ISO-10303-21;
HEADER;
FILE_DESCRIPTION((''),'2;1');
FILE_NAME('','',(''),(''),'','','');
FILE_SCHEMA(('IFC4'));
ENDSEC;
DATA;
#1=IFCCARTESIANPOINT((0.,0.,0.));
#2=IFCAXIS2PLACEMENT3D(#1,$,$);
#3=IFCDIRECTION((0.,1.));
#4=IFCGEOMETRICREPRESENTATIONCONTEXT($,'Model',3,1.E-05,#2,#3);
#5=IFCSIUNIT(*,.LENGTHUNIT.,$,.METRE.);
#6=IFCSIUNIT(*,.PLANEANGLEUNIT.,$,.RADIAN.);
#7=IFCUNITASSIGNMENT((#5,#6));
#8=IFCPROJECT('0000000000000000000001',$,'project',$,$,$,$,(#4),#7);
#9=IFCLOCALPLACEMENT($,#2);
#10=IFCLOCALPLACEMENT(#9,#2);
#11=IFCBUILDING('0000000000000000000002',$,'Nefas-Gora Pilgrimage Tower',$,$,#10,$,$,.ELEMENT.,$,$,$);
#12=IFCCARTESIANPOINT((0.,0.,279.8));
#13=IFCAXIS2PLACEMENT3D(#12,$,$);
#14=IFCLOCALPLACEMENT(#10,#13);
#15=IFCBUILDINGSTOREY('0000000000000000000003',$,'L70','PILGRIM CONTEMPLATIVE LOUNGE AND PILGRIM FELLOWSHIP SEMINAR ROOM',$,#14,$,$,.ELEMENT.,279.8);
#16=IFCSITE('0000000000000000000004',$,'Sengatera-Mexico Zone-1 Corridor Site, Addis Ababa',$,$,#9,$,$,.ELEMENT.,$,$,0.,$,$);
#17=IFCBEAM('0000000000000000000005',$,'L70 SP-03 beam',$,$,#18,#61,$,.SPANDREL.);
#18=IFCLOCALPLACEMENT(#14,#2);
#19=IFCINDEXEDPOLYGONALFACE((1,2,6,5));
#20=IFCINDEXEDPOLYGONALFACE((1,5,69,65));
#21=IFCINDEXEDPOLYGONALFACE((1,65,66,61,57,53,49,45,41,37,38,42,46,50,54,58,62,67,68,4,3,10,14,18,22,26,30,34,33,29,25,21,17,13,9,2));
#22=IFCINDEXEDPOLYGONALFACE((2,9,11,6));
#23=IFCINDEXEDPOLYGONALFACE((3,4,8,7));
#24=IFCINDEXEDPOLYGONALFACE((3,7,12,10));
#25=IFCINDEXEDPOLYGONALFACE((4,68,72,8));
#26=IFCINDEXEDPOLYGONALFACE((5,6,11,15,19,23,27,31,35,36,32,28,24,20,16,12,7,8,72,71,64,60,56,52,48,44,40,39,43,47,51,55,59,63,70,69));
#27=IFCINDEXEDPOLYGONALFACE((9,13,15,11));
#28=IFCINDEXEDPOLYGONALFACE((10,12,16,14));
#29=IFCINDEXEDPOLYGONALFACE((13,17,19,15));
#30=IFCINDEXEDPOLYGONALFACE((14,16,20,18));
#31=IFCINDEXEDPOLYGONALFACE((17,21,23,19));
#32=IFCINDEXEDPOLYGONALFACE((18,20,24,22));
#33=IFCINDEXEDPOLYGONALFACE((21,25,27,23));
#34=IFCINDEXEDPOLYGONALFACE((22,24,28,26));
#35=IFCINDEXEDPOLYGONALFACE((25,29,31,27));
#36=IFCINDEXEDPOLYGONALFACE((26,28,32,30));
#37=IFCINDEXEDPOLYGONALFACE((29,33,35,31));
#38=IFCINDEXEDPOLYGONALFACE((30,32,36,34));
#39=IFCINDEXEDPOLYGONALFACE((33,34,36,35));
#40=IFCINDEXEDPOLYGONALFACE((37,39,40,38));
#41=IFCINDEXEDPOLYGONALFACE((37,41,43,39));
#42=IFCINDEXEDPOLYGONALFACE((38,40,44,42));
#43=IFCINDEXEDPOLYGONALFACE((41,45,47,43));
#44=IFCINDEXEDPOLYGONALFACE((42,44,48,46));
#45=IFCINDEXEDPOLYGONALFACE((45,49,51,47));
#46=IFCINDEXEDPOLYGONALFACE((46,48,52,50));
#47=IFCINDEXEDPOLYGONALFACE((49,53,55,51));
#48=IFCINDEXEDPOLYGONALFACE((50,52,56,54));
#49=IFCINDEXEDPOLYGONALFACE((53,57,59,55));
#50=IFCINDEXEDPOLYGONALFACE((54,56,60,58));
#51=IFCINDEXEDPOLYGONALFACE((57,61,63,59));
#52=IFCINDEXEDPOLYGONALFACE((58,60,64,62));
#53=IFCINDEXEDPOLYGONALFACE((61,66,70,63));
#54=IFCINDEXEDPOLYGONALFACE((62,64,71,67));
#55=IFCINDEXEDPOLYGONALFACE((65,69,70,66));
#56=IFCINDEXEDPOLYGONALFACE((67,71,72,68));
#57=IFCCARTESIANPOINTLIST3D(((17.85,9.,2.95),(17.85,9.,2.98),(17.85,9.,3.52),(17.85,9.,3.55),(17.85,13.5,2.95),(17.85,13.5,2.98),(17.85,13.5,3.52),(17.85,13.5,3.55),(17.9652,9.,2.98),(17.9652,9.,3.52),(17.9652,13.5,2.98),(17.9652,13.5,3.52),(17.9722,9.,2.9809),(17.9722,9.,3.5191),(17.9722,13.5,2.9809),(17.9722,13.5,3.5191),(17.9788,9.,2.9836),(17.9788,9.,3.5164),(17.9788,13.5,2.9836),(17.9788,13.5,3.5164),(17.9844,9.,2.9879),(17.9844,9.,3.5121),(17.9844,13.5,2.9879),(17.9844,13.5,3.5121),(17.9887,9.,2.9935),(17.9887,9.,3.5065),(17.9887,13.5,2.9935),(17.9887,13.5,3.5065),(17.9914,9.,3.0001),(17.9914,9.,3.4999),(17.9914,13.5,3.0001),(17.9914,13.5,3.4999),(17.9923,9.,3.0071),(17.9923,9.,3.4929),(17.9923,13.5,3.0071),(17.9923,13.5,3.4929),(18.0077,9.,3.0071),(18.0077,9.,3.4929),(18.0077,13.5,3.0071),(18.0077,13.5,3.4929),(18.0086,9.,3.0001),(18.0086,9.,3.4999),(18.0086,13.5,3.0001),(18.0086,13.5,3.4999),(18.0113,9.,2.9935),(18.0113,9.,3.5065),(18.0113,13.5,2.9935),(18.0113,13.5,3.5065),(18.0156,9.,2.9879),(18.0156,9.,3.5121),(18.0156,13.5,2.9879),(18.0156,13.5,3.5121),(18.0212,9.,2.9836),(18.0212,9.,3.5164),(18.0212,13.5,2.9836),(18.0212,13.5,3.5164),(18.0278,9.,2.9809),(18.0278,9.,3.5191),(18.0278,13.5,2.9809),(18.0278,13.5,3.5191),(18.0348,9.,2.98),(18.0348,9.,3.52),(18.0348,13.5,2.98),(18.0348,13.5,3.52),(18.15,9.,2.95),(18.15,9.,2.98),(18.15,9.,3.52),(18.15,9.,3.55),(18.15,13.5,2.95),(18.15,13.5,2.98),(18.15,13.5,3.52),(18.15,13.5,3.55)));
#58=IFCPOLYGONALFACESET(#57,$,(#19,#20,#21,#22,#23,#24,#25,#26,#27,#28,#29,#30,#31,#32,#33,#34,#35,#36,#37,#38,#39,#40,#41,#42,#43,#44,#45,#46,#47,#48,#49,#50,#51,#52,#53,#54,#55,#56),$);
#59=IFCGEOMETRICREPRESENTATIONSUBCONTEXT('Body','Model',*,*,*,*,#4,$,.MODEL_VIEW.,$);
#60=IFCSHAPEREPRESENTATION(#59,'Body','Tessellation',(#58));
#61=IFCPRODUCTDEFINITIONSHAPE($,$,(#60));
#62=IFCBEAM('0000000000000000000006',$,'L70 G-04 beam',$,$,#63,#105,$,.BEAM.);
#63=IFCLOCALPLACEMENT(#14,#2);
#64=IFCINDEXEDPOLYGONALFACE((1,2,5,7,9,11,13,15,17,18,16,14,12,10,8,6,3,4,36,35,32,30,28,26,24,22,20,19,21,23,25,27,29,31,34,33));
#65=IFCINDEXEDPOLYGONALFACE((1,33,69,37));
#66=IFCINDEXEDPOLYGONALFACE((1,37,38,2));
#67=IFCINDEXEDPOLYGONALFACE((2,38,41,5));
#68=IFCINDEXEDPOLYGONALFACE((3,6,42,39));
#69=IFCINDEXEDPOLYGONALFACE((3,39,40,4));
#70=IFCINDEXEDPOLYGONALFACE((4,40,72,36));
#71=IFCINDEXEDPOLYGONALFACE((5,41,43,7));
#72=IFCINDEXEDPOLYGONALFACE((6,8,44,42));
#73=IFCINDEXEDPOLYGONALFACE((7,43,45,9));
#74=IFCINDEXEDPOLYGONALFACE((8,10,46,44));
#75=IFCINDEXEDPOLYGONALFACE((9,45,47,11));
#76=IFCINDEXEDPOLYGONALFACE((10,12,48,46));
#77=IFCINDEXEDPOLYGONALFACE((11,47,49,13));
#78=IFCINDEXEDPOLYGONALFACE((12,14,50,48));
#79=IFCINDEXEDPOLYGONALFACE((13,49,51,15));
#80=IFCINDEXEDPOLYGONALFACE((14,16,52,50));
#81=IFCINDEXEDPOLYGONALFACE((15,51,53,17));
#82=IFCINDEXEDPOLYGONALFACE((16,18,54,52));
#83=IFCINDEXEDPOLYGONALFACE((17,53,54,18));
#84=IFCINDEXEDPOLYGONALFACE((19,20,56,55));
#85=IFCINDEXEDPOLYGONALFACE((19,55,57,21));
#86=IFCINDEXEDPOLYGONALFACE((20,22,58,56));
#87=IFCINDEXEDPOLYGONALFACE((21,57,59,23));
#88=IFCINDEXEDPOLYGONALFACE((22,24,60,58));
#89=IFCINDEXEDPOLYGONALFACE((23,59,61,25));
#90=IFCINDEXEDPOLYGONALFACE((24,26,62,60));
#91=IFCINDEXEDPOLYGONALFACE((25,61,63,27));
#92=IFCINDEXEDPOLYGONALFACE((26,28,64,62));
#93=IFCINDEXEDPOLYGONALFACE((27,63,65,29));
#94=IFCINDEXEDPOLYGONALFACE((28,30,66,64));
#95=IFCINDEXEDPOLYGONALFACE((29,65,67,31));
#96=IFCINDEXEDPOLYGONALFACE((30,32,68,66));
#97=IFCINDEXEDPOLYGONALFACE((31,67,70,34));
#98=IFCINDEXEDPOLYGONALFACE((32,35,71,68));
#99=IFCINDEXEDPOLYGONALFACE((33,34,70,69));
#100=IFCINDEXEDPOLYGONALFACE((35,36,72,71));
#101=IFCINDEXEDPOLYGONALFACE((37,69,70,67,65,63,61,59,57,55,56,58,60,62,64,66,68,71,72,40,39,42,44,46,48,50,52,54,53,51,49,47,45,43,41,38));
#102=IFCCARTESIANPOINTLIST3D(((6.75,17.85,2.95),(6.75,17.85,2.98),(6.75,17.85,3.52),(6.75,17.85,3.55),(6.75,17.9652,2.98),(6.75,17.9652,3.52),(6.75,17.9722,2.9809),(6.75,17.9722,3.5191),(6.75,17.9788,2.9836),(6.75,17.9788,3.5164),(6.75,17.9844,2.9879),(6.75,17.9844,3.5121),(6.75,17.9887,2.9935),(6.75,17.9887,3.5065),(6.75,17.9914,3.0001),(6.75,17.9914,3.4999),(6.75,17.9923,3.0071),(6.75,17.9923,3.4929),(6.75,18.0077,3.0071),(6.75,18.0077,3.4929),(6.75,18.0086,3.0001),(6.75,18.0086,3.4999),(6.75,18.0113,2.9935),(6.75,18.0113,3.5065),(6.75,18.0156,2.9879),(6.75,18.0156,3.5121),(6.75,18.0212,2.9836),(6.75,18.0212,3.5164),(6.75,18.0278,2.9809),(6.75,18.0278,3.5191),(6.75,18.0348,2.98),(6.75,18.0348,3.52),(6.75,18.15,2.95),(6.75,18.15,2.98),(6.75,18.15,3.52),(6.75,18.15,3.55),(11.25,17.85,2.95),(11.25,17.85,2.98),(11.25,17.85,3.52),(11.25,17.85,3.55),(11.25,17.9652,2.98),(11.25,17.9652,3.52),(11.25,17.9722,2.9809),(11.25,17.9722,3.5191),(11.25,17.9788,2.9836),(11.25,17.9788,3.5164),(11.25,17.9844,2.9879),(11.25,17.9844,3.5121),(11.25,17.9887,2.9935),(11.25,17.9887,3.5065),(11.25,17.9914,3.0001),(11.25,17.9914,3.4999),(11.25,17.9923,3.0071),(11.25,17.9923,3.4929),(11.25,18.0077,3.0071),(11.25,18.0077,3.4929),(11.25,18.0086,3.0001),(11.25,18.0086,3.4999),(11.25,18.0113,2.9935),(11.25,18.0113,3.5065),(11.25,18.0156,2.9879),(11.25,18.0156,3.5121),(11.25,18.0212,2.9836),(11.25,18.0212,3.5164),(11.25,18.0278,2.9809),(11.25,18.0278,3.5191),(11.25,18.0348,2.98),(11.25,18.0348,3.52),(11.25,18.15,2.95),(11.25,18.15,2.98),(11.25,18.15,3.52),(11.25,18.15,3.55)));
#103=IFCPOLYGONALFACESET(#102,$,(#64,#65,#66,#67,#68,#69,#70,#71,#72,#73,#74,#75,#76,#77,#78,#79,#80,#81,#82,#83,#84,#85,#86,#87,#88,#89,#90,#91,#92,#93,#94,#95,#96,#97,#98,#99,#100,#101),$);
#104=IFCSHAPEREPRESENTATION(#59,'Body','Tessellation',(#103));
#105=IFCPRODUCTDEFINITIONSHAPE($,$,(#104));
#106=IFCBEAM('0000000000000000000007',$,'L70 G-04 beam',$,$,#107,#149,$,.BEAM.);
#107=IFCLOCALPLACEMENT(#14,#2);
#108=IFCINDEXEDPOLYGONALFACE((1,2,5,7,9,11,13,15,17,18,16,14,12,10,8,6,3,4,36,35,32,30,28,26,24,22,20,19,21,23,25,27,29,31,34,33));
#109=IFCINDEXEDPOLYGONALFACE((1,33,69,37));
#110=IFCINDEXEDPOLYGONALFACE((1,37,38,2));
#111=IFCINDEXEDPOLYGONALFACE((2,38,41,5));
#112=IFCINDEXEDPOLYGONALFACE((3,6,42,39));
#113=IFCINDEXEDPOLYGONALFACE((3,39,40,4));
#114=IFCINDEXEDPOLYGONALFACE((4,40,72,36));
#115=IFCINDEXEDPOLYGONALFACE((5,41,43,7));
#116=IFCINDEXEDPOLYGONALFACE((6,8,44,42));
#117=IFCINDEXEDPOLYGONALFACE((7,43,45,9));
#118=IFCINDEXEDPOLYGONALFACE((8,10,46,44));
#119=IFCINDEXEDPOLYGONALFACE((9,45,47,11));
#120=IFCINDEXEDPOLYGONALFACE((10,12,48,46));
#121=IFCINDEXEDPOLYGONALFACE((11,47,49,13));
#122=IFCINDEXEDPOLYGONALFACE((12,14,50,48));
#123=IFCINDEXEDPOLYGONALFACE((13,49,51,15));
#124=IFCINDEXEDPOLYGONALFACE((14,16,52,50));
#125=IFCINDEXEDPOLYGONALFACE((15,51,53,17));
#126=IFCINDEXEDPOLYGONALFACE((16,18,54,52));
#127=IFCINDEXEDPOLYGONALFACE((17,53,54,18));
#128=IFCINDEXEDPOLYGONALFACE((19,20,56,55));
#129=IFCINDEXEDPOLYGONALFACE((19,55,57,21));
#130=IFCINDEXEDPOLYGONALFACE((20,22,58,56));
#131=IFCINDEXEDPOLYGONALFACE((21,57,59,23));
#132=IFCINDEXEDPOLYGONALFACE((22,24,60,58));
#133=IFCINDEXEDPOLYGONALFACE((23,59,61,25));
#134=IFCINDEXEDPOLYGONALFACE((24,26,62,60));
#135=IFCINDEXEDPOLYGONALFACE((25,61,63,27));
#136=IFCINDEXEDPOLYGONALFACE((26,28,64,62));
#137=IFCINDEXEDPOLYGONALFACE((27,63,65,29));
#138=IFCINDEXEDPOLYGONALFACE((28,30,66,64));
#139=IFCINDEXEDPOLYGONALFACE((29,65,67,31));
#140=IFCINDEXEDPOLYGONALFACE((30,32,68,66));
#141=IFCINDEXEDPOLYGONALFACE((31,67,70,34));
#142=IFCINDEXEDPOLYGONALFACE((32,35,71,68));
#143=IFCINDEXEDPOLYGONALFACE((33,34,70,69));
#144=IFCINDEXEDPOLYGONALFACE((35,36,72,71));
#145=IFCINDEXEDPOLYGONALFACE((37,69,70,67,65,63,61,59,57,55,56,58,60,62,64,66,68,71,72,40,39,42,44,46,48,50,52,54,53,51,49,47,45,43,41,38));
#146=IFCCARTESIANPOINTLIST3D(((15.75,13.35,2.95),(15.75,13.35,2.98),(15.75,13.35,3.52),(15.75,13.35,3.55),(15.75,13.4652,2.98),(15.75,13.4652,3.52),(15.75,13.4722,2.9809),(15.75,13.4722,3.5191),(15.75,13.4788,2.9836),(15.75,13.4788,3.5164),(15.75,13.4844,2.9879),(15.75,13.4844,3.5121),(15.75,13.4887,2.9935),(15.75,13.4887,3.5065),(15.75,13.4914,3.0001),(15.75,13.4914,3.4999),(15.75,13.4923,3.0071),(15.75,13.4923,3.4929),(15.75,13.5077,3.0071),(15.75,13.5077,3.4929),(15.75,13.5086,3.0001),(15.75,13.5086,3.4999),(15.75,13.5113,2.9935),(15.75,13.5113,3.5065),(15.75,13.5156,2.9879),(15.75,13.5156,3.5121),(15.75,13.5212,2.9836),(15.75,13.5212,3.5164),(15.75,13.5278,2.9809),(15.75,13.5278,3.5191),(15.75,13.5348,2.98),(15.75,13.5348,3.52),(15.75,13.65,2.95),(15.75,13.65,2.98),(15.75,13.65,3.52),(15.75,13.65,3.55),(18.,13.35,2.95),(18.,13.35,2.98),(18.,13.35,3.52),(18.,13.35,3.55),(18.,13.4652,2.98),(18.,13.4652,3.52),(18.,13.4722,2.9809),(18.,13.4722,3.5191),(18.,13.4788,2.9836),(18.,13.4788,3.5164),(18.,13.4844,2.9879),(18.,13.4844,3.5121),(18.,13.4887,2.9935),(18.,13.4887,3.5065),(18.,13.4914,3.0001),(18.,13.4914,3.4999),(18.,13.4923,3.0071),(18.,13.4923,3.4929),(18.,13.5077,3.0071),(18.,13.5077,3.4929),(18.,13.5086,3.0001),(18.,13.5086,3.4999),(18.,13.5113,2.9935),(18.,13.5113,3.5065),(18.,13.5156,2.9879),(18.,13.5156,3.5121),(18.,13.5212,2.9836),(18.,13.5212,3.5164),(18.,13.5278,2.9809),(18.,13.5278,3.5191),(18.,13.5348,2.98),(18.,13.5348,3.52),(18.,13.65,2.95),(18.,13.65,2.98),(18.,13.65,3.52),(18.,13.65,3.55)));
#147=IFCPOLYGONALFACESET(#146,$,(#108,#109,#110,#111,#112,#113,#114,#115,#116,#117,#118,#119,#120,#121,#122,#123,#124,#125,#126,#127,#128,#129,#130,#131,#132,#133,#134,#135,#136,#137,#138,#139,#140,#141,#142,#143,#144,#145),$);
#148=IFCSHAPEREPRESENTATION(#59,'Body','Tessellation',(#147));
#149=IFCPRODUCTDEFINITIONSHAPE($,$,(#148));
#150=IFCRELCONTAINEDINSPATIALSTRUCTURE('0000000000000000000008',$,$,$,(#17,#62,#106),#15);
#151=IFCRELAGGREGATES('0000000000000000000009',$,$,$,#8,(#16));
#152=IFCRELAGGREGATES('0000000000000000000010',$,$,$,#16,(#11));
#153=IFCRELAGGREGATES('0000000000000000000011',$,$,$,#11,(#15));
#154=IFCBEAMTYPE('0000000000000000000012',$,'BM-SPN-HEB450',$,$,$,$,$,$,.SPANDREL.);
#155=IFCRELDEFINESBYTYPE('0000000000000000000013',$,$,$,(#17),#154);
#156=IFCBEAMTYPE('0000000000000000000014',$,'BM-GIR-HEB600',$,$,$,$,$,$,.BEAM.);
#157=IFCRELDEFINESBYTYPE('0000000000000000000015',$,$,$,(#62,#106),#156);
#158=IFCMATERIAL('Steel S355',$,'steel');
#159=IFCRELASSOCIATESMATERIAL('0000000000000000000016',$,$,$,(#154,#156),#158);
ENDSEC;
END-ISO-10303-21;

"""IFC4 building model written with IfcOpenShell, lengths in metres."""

from ifc_helpers import new_model, si_unit, direction, frame, origin, origin_2d, place, context, subcontext, project, spatial, i_section, extrude, source, transform, mapped, material, material_profile, profile_set, type_object, element, save


model = new_model("IFC4")

# Units and contexts
model_context = context("Model", 3, precision=1e-05, world=origin(), true_north=direction((0.0, 1.0)))
body_context = subcontext(model_context, "Body", "Model", "MODEL_VIEW")
ifc_project = project(units=[si_unit("LENGTHUNIT", "METRE"), si_unit("PLANEANGLEUNIT", "RADIAN")], contexts=[model_context])

# Site, building, storey
site_placement = place(None, origin())
site = spatial("IfcSite", under=ifc_project, at=site_placement, Name="Sengatera-Mexico Zone-1 Corridor Site, Addis Ababa", CompositionType="ELEMENT", RefElevation=0.0)
building_placement = place(site_placement, origin())
building = spatial("IfcBuilding", under=site, at=building_placement, Name="Nefas-Gora Pilgrimage Tower", CompositionType="ELEMENT")
storey_placement = place(building_placement, frame((0.0, 0.0, 279.8)))
storey = spatial("IfcBuildingStorey", under=building, at=storey_placement, Name="L70", Description="PILGRIM CONTEMPLATIVE LOUNGE AND PILGRIM FELLOWSHIP SEMINAR ROOM", CompositionType="ELEMENT", Elevation=279.8)

# Shared definitions
ifc_material_1 = material(Name="Steel S355", Category="steel")

# Beams
ifc_material_profile_1 = material_profile(ifc_material_1, i_section(OverallWidth=0.3, OverallDepth=0.6001, WebThickness=0.0154, FlangeThickness=0.03, FilletRadius=0.0271, at=origin_2d()), Name="HEB 600")
ifc_profile_set_1 = profile_set([ifc_material_profile_1], Name="Steel S355")
beam_type_1 = type_object("IfcBeamType", Name="BM-SPN-HEB450", PredefinedType="SPANDREL", material=ifc_profile_set_1)
shared_shape_1 = source(origin(), body_context, "Body", "SweptSolid", [
    extrude(i_section(OverallWidth=0.3, OverallDepth=0.6001, WebThickness=0.0154, FlangeThickness=0.03, FilletRadius=0.0271, at=origin_2d()), origin(), (0.0, 0.0, 1.0), 4.5),
])
beam_1_placement = place(storey_placement, frame((18.0, 9.0, 3.25), z_axis=(0.0, 1.0, 0.0), x_axis=(-1.0, 0.0, 0.0)))
element("IfcBeam", 1, at=beam_1_placement, inside=storey, type_object=beam_type_1, Name="L70 SP-03 beam", PredefinedType="SPANDREL", context=body_context, shape_type="MappedRepresentation", body=[
    mapped(shared_shape_1, transform((0.0, 0.0, 0.0), x_axis=(1.0, 0.0, 0.0), y_axis=(0.0, 1.0, 0.0), z_axis=(0.0, 0.0, 1.0), scale=1.0)),
])
ifc_material_profile_2 = material_profile(ifc_material_1, i_section(OverallWidth=0.3, OverallDepth=0.6001, WebThickness=0.0154, FlangeThickness=0.03, FilletRadius=0.0271, at=origin_2d()), Name="HEB 600")
ifc_profile_set_2 = profile_set([ifc_material_profile_2], Name="Steel S355")
beam_type_2 = type_object("IfcBeamType", Name="BM-GIR-HEB600", PredefinedType="BEAM", material=ifc_profile_set_2)
shared_shape_2 = source(origin(), body_context, "Body", "SweptSolid", [
    extrude(i_section(OverallWidth=0.3, OverallDepth=0.6001, WebThickness=0.0154, FlangeThickness=0.03, FilletRadius=0.0271, at=origin_2d()), origin(), (0.0, 0.0, 1.0), 4.5),
])
beam_2_placement = place(storey_placement, frame((6.75, 18.0, 3.25), z_axis=(1.0, 0.0, 0.0), x_axis=(0.0, 1.0, 0.0)))
element("IfcBeam", 2, at=beam_2_placement, inside=storey, type_object=beam_type_2, Name="L70 G-04 beam", PredefinedType="BEAM", context=body_context, shape_type="MappedRepresentation", body=[
    mapped(shared_shape_2, transform((0.0, 0.0, 0.0), x_axis=(1.0, 0.0, 0.0), y_axis=(0.0, 1.0, 0.0), z_axis=(0.0, 0.0, 1.0), scale=1.0)),
])
shared_shape_3 = source(origin(), body_context, "Body", "SweptSolid", [
    extrude(i_section(OverallWidth=0.3, OverallDepth=0.6001, WebThickness=0.0154, FlangeThickness=0.03, FilletRadius=0.0271, at=origin_2d()), origin(), (0.0, 0.0, 1.0), 2.25),
])
beam_3_placement = place(storey_placement, frame((15.75, 13.5, 3.25), z_axis=(1.0, 0.0, 0.0), x_axis=(0.0, 1.0, 0.0)))
element("IfcBeam", 3, at=beam_3_placement, inside=storey, type_object=beam_type_2, Name="L70 G-04 beam", PredefinedType="BEAM", context=body_context, shape_type="MappedRepresentation", body=[
    mapped(shared_shape_3, transform((0.0, 0.0, 0.0), x_axis=(1.0, 0.0, 0.0), y_axis=(0.0, 1.0, 0.0), z_axis=(0.0, 0.0, 1.0), scale=1.0)),
])

save(model, "model.ifc")
